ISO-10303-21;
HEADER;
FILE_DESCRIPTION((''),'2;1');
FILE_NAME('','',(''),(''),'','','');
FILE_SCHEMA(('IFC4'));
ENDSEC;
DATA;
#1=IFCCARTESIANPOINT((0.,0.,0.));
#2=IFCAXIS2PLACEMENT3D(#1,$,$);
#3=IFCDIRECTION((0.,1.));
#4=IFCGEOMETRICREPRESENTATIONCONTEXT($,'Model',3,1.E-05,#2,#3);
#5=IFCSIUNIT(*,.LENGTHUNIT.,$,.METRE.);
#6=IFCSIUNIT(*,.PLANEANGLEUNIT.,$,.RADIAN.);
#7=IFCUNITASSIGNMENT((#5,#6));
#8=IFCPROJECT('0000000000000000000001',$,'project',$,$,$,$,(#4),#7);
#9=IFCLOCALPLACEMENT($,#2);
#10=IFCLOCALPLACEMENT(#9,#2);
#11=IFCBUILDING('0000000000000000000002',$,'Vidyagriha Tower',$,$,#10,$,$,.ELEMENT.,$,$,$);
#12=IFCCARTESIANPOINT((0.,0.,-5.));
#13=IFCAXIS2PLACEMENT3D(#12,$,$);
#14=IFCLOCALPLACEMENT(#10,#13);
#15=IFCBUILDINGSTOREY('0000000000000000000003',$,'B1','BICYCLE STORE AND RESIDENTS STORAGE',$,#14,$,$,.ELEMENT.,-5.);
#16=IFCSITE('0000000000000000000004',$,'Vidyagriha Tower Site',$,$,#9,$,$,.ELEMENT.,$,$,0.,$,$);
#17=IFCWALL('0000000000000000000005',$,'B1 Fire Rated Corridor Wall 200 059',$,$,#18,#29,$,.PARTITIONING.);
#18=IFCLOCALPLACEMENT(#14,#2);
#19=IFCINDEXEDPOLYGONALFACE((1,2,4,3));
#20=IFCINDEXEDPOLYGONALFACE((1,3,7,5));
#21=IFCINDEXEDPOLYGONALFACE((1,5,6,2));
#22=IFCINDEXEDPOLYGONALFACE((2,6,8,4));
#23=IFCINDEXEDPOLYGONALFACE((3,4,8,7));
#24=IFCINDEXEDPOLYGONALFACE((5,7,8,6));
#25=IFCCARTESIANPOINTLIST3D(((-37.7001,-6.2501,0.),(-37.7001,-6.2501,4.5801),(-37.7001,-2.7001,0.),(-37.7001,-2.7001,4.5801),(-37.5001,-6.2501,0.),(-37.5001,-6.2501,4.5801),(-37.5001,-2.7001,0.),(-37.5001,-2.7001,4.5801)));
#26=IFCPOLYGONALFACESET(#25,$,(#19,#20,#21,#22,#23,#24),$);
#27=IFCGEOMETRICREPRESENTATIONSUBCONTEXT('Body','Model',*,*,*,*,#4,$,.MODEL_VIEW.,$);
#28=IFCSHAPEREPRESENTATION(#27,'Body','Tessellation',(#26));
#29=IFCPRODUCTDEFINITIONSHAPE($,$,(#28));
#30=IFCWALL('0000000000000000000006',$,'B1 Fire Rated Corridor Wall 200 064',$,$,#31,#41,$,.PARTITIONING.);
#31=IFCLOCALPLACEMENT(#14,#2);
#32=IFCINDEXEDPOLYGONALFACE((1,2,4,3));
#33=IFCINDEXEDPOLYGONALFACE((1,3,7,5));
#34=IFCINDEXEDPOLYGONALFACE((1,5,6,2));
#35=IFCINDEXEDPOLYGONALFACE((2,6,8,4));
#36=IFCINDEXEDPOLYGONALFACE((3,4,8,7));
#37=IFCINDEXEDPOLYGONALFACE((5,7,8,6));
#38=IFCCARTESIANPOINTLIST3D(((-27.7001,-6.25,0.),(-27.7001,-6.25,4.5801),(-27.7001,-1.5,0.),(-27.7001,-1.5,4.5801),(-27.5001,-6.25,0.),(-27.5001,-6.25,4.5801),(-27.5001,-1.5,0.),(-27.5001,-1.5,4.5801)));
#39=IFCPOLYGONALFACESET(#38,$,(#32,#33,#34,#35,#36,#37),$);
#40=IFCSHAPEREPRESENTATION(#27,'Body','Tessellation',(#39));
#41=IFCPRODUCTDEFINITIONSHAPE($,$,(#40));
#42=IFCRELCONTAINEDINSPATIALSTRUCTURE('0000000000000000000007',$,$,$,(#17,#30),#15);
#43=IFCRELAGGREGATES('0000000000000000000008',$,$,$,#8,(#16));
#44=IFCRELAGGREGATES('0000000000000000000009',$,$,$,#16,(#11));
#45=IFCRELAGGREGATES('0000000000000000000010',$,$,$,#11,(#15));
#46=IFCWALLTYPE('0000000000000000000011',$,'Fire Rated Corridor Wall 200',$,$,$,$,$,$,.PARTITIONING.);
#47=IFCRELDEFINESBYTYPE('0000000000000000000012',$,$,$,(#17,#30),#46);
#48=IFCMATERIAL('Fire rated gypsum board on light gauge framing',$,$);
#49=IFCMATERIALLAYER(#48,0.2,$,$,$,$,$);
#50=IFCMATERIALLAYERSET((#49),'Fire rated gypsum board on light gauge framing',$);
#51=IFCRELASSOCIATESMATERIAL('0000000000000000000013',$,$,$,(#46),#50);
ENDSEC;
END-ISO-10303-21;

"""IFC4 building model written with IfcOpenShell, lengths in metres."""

from ifc_helpers import new_model, si_unit, direction, frame, frame_2d, origin, place, context, subcontext, project, spatial, rectangle, extrude, material, layer, layer_set, type_object, element, save


model = new_model("IFC4")

# Units and contexts
model_context = context("Model", 3, precision=1e-05, world=origin(), true_north=direction((0.0, 1.0)))
body_context = subcontext(model_context, "Body", "Model", "MODEL_VIEW")
ifc_project = project(units=[si_unit("LENGTHUNIT", "METRE"), si_unit("PLANEANGLEUNIT", "RADIAN")], contexts=[model_context])

# Site, building, storey
site_placement = place(None, origin())
site = spatial("IfcSite", under=ifc_project, at=site_placement, Name="Vidyagriha Tower Site", CompositionType="ELEMENT", RefElevation=0.0)
building_placement = place(site_placement, origin())
building = spatial("IfcBuilding", under=site, at=building_placement, Name="Vidyagriha Tower", CompositionType="ELEMENT")
storey_placement = place(building_placement, frame((0.0, 0.0, -5.0)))
storey = spatial("IfcBuildingStorey", under=building, at=storey_placement, Name="B1", Description="BICYCLE STORE AND RESIDENTS STORAGE", CompositionType="ELEMENT", Elevation=-5.0)

# Shared definitions
ifc_material_1 = material(Name="Fire rated gypsum board on light gauge framing")
ifc_layer = layer(ifc_material_1, 0.2)
ifc_layer_set = layer_set([ifc_layer], Name="Fire rated gypsum board on light gauge framing")
wall_type = type_object("IfcWallType", Name="Fire Rated Corridor Wall 200", PredefinedType="PARTITIONING", material=ifc_layer_set)

# Walls
wall_1_placement = place(storey_placement, frame((-37.6001, -6.25, 0.0), z_axis=(0.0, 0.0, 1.0), x_axis=(0.0, 1.0, 0.0)))
element("IfcWall", 1, at=wall_1_placement, inside=storey, type_object=wall_type, Name="B1 Fire Rated Corridor Wall 200 059", PredefinedType="PARTITIONING", context=body_context, shape_type="SweptSolid", body=[
    extrude(rectangle(XDim=3.55, YDim=0.2, at=frame_2d((1.7749, 0.0))), origin(), (0.0, 0.0, 1.0), 4.5801),
])
wall_2_placement = place(storey_placement, frame((-27.6001, -6.25, 0.0), z_axis=(0.0, 0.0, 1.0), x_axis=(0.0, 1.0, 0.0)))
element("IfcWall", 2, at=wall_2_placement, inside=storey, type_object=wall_type, Name="B1 Fire Rated Corridor Wall 200 064", PredefinedType="PARTITIONING", context=body_context, shape_type="SweptSolid", body=[
    extrude(rectangle(XDim=4.75, YDim=0.2, at=frame_2d((2.375, 0.0))), origin(), (0.0, 0.0, 1.0), 4.5801),
])

save(model, "model.ifc")
